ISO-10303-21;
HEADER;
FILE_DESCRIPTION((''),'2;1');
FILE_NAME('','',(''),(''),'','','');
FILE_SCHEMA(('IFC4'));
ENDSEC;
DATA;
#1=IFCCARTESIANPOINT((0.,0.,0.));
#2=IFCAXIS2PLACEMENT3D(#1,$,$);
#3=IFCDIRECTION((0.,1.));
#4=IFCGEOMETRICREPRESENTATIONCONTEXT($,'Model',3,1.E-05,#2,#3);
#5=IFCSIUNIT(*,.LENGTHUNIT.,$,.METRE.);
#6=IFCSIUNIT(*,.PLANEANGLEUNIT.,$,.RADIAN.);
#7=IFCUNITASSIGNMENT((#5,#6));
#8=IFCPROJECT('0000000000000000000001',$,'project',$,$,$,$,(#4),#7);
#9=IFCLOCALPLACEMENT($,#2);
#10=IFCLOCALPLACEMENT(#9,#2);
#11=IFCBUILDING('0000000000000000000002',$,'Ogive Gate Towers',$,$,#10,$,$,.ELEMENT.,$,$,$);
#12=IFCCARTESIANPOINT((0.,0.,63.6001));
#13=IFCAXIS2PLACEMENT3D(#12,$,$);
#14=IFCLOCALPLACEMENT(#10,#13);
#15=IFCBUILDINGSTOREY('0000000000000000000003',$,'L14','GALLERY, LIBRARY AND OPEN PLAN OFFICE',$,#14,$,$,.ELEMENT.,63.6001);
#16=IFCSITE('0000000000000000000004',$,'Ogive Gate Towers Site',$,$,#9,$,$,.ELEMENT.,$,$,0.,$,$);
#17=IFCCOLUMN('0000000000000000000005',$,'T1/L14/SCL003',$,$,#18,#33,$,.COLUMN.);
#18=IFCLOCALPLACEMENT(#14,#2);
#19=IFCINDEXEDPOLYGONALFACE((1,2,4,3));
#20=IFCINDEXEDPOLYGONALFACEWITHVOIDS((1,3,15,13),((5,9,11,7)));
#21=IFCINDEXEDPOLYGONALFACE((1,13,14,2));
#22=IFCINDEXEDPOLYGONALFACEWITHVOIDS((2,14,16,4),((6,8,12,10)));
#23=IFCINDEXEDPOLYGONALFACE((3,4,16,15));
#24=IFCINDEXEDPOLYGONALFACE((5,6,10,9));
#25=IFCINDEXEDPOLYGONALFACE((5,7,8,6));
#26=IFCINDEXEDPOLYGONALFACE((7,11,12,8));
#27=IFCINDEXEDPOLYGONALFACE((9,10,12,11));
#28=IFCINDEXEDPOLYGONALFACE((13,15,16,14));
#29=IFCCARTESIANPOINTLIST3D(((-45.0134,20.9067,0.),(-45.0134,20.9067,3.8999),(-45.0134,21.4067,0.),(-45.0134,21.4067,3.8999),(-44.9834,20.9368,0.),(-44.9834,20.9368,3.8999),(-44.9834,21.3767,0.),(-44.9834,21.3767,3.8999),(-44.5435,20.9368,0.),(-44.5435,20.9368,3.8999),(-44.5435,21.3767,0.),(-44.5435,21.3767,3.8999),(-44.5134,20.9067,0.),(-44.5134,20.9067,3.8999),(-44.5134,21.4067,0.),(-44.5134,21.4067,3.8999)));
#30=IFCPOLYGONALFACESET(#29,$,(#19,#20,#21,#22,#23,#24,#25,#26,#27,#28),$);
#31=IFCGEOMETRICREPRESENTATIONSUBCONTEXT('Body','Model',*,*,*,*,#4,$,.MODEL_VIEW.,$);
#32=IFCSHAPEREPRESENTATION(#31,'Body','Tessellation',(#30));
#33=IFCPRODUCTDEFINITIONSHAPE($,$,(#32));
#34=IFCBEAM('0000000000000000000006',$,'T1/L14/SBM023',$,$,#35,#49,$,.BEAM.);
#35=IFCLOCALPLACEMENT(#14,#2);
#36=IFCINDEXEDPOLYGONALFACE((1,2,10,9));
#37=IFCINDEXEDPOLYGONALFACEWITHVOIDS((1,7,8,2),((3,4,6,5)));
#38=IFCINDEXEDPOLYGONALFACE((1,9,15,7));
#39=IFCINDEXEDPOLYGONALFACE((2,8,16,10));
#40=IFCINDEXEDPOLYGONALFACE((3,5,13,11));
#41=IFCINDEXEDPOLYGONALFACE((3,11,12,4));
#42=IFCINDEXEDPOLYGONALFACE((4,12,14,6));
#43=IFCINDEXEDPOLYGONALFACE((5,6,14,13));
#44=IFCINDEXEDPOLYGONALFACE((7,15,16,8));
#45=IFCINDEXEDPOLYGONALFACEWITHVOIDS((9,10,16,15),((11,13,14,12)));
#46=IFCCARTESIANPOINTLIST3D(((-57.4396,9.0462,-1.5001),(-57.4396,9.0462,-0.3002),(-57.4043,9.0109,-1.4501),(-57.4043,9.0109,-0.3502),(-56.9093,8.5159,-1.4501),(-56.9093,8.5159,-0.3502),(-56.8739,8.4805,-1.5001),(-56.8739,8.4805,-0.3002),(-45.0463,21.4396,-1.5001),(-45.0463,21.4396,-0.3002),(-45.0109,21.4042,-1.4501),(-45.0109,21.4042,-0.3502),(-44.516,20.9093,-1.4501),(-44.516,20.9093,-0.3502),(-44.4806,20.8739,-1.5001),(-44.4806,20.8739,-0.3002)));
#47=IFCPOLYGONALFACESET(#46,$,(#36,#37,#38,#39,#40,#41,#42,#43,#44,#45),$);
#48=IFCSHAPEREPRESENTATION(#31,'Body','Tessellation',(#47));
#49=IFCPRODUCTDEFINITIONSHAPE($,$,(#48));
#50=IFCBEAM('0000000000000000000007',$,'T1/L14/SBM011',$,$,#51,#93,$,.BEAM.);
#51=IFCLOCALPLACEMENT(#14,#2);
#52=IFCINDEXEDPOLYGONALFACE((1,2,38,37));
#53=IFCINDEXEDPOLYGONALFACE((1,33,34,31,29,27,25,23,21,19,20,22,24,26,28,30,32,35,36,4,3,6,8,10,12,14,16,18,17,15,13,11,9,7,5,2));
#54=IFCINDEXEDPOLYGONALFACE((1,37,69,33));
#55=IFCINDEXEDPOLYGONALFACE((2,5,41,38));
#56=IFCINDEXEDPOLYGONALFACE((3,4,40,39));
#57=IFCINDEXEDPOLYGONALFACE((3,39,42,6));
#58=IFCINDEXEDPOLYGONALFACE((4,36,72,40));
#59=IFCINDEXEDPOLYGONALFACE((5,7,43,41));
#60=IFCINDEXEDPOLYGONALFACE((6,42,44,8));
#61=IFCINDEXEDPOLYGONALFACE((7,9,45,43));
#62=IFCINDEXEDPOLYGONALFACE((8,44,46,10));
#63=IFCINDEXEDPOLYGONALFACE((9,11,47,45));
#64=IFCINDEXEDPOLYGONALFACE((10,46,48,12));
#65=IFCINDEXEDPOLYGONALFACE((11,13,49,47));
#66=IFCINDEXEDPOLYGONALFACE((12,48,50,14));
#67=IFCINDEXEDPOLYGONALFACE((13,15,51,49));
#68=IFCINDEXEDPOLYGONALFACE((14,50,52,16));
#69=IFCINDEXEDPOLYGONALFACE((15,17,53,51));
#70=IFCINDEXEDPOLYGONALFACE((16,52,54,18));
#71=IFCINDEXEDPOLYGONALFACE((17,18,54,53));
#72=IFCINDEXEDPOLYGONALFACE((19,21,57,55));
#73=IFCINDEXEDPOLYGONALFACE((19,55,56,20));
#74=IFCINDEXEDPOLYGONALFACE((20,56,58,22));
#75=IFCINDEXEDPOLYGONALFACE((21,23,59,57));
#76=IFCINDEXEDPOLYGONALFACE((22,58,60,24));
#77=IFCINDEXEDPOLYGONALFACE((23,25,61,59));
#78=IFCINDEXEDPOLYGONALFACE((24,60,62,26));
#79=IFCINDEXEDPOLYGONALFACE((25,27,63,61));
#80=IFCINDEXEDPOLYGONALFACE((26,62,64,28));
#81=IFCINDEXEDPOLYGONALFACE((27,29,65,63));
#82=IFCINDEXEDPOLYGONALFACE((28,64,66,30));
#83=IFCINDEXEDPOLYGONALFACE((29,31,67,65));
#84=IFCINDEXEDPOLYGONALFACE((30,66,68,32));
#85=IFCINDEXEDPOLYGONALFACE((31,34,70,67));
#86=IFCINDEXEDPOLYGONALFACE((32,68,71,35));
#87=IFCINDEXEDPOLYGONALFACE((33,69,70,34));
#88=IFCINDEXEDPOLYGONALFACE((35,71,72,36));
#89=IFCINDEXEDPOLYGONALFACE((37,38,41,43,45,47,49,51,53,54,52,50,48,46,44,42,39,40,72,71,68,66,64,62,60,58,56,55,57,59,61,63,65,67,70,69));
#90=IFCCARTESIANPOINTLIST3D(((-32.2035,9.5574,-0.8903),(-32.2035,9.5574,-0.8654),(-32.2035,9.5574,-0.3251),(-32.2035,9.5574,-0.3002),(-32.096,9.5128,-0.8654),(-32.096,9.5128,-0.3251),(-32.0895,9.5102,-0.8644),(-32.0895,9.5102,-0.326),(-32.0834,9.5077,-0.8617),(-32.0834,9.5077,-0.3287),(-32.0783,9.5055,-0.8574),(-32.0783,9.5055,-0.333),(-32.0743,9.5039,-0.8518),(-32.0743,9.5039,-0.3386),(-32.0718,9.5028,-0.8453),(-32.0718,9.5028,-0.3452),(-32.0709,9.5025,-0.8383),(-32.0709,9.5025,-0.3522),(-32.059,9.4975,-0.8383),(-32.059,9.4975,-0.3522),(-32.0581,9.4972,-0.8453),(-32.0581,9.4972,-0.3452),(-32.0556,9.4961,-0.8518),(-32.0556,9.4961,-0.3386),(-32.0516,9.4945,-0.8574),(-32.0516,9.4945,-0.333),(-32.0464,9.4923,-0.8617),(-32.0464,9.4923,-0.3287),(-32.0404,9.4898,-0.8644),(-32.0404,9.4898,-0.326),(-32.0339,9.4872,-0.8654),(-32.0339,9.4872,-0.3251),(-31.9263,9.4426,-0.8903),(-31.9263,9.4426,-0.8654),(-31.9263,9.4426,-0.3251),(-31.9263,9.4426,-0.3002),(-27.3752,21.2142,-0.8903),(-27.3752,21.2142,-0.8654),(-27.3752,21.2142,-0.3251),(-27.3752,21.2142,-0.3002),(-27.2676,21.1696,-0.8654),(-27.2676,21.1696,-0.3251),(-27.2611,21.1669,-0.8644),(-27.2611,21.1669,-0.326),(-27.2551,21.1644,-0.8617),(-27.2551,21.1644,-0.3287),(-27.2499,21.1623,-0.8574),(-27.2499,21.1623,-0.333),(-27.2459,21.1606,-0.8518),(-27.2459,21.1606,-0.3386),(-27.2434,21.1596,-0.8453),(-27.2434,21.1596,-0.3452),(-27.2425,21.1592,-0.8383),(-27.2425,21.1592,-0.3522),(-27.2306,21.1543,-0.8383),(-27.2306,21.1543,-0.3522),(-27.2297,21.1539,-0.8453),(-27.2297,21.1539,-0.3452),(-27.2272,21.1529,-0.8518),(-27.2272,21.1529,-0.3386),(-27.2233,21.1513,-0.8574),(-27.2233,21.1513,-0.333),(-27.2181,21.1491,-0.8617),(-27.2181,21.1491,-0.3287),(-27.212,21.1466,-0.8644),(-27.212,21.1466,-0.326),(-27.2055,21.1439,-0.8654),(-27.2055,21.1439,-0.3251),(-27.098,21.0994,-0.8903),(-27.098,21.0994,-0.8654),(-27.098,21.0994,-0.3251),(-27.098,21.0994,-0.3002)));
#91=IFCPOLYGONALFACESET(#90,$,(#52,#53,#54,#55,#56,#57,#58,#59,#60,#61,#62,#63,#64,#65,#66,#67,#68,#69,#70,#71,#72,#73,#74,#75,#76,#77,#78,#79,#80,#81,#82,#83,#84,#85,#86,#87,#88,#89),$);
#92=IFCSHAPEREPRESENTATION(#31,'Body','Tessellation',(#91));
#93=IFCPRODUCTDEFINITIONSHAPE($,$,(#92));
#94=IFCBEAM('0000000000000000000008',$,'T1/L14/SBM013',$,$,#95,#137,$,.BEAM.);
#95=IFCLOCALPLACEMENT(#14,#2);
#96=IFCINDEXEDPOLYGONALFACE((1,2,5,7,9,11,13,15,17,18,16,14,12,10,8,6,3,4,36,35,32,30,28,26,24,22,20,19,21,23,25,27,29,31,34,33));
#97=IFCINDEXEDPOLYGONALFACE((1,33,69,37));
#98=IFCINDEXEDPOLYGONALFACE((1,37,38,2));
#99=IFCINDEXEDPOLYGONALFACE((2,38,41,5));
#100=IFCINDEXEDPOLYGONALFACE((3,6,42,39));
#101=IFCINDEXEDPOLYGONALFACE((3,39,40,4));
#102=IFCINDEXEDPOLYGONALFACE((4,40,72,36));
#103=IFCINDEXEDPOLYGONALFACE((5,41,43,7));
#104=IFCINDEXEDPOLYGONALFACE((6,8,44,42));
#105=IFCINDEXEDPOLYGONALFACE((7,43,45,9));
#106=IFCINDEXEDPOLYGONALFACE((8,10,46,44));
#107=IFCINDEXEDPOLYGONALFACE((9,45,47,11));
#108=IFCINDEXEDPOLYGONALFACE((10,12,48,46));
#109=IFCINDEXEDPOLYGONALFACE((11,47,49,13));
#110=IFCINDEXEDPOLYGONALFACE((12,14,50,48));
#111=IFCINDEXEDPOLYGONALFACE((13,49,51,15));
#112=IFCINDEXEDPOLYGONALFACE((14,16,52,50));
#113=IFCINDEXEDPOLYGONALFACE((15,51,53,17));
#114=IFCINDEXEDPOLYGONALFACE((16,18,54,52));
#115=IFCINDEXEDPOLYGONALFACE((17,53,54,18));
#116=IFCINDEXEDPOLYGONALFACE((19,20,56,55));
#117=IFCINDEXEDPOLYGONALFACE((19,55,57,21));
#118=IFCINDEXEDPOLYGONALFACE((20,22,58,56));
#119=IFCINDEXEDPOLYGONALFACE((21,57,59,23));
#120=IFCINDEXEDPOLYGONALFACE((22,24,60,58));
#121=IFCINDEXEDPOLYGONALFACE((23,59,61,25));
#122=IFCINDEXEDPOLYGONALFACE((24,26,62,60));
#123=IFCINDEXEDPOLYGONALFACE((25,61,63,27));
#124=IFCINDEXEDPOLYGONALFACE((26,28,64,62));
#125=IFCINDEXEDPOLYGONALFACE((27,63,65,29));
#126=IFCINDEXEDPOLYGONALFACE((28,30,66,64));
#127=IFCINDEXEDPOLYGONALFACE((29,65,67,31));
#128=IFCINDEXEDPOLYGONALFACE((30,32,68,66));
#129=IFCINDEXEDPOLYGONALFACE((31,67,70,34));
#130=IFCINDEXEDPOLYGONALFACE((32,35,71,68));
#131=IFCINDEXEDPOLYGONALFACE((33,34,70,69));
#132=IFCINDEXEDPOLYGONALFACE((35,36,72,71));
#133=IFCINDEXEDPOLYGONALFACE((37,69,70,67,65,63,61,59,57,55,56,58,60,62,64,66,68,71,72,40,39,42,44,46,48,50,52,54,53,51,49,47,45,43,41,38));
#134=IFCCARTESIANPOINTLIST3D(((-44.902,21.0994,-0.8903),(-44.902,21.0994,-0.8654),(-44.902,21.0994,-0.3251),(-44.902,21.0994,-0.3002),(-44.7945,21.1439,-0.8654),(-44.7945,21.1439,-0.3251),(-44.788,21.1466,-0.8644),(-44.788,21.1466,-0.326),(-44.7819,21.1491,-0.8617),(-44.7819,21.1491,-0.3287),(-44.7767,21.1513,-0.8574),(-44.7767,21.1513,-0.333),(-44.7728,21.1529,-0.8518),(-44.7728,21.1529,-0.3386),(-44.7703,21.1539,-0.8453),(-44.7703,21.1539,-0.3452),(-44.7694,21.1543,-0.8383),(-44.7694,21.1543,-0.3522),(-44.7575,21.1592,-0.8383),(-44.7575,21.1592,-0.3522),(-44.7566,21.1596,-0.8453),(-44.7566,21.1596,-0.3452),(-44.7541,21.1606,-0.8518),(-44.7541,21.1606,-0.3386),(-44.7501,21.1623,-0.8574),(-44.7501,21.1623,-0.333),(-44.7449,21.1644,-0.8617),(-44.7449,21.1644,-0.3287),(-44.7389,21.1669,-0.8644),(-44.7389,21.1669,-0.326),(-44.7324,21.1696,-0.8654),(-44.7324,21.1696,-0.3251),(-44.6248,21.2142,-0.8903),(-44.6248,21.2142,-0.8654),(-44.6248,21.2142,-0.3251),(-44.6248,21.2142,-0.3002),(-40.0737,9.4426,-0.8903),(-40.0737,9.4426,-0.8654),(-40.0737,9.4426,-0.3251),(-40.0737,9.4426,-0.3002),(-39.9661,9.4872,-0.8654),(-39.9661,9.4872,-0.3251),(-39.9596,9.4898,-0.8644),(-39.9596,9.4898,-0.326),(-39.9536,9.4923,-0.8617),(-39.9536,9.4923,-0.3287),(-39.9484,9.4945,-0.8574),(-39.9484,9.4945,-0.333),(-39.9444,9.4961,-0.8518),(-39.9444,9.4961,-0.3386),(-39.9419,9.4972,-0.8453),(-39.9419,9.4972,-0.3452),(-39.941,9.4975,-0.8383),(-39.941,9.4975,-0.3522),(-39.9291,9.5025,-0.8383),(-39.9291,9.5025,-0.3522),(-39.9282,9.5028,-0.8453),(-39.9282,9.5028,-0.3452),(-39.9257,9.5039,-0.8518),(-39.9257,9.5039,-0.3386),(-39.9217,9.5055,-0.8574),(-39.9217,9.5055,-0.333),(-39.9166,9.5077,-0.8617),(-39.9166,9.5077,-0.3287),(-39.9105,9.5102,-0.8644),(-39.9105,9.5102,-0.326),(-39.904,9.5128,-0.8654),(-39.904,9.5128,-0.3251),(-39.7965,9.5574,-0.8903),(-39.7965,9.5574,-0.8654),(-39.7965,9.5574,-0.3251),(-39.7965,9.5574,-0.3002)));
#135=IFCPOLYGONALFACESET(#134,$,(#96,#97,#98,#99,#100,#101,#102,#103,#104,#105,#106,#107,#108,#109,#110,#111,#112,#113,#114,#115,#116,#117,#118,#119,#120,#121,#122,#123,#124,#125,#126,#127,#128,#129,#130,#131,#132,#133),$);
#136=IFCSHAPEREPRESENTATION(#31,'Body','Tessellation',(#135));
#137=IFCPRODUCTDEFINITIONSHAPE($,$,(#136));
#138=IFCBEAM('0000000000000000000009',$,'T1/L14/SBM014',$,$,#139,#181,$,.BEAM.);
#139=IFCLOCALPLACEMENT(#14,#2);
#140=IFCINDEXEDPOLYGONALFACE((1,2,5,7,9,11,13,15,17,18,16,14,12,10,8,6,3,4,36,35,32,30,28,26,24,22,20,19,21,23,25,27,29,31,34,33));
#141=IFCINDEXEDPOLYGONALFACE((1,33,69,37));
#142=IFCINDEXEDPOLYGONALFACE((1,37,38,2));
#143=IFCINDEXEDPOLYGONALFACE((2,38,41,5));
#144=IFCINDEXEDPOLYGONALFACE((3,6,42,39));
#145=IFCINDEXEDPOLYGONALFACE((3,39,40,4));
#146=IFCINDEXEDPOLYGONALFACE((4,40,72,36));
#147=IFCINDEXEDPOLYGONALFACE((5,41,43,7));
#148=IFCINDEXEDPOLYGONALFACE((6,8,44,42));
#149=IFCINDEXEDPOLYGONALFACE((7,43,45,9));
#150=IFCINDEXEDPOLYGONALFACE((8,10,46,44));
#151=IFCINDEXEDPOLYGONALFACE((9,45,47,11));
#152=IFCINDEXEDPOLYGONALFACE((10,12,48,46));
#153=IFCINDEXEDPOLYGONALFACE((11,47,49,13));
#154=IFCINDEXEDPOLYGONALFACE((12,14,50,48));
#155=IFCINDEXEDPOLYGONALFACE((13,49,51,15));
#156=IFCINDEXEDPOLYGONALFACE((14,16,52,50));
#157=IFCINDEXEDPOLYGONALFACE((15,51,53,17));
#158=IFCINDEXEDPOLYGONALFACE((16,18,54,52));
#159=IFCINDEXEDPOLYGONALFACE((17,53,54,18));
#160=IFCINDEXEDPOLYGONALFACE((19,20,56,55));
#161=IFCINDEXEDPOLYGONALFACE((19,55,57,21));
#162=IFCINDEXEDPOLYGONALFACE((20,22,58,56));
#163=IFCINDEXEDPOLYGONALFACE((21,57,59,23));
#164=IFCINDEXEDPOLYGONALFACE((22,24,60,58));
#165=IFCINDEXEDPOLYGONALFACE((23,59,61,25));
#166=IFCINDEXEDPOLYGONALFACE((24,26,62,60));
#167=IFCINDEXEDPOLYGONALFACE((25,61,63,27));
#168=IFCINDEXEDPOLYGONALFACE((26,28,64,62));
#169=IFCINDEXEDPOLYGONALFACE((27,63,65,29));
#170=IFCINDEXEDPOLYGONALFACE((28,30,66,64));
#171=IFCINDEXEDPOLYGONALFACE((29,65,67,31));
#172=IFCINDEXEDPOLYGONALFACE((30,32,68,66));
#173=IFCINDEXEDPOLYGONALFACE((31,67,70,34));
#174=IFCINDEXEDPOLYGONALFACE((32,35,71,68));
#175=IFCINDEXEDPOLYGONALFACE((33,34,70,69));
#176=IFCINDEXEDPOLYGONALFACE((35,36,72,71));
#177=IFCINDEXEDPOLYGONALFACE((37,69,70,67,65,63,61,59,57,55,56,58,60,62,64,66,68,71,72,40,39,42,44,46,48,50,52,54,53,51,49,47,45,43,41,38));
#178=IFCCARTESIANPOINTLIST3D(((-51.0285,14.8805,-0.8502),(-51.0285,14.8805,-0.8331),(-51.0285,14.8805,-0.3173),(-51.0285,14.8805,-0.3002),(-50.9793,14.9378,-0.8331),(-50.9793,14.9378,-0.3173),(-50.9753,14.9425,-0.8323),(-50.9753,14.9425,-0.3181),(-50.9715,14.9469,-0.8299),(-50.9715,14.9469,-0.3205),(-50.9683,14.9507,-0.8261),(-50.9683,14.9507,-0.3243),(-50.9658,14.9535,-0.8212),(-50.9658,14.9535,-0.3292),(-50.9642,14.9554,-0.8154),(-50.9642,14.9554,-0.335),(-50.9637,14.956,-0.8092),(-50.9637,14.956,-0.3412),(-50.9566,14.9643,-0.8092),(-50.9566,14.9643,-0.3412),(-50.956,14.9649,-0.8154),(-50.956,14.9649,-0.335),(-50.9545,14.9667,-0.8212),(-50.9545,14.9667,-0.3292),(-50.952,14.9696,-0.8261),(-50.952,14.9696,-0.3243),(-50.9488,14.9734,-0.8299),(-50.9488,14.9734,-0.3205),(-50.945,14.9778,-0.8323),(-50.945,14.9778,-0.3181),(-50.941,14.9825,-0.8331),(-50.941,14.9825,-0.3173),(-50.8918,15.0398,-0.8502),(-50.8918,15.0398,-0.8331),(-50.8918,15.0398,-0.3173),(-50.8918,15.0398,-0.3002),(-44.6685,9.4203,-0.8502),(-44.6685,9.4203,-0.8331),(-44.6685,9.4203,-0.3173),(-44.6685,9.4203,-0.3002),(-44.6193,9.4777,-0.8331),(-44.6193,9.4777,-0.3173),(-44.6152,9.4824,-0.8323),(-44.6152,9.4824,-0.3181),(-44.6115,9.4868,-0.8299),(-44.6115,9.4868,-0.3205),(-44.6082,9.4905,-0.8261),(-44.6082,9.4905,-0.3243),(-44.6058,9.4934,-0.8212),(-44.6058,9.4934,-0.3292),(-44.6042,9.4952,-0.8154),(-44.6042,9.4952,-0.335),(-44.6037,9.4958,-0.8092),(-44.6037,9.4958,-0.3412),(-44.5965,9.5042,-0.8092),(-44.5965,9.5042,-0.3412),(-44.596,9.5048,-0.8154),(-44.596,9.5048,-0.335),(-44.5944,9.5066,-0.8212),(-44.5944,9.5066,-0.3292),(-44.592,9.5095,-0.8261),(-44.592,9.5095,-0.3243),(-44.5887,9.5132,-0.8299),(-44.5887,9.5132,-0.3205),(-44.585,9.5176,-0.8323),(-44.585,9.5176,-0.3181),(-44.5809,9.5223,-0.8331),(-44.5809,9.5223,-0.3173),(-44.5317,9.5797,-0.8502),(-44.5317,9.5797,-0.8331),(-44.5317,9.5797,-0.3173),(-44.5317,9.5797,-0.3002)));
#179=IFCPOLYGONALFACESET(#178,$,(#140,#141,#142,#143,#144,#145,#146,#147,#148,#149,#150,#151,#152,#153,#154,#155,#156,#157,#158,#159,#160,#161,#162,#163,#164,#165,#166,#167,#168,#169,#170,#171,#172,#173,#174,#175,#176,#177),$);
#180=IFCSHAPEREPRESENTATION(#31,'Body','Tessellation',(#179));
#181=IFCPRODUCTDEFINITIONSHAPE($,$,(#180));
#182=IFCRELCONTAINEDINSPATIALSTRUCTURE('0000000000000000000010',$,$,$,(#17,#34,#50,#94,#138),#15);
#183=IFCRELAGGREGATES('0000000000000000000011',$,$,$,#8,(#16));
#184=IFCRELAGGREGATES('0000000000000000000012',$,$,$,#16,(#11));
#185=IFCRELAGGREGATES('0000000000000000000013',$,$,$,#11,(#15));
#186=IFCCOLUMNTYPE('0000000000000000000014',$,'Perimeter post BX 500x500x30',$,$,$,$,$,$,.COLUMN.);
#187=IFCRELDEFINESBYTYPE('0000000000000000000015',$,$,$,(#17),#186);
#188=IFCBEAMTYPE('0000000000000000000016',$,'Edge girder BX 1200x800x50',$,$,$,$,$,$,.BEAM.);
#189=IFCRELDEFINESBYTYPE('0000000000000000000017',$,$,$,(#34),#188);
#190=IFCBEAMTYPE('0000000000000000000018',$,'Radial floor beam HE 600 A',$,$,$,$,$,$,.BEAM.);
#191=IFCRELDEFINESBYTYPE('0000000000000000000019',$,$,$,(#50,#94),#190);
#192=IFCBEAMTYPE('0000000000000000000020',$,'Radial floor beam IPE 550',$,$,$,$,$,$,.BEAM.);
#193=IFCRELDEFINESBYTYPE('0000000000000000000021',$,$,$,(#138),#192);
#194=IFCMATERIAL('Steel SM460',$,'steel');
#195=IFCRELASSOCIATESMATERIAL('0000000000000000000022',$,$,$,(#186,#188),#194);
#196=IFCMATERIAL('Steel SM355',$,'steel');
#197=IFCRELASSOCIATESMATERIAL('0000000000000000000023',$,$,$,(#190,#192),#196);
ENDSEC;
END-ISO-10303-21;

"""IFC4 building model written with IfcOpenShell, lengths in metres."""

from ifc_helpers import new_model, si_unit, direction, frame, origin, origin_2d, place, context, subcontext, project, spatial, hollow_rectangle, i_section, extrude, material, material_profile, profile_set, type_object, element, save


model = new_model("IFC4")

# Units and contexts
model_context = context("Model", 3, precision=1e-05, world=origin(), true_north=direction((0.0, 1.0)))
body_context = subcontext(model_context, "Body", "Model", "MODEL_VIEW")
ifc_project = project(units=[si_unit("LENGTHUNIT", "METRE"), si_unit("PLANEANGLEUNIT", "RADIAN")], contexts=[model_context])

# Site, building, storey
site_placement = place(None, origin())
site = spatial("IfcSite", under=ifc_project, at=site_placement, Name="Ogive Gate Towers Site", CompositionType="ELEMENT", RefElevation=0.0)
building_placement = place(site_placement, origin())
building = spatial("IfcBuilding", under=site, at=building_placement, Name="Ogive Gate Towers", CompositionType="ELEMENT")
storey_placement = place(building_placement, frame((0.0, 0.0, 63.6001)))
storey = spatial("IfcBuildingStorey", under=building, at=storey_placement, Name="L14", Description="GALLERY, LIBRARY AND OPEN PLAN OFFICE", CompositionType="ELEMENT", Elevation=63.6001)

# Column
ifc_material_1 = material(Name="Steel SM460", Category="steel")
ifc_material_profile_1 = material_profile(ifc_material_1, hollow_rectangle(XDim=0.5, YDim=0.5, WallThickness=0.03, at=origin_2d()), Name="BX 500x500x30")
ifc_profile_set_1 = profile_set([ifc_material_profile_1], Name="Steel SM460")
column_type = type_object("IfcColumnType", Name="Perimeter post BX 500x500x30", PredefinedType="COLUMN", material=ifc_profile_set_1)
column_placement = place(storey_placement, frame((-44.7634, 21.1567, 0.0), z_axis=(0.0, 0.0, 1.0), x_axis=(1.0, 0.0, 0.0)))
element("IfcColumn", 1, at=column_placement, inside=storey, type_object=column_type, Name="T1/L14/SCL003", PredefinedType="COLUMN", context=body_context, shape_type="SweptSolid", body=[
    extrude(hollow_rectangle(XDim=0.5, YDim=0.5, WallThickness=0.03, at=origin_2d()), origin(), (0.0, 0.0, 1.0), 3.8999),
])

# Beams
ifc_material_profile_2 = material_profile(ifc_material_1, hollow_rectangle(XDim=0.8, YDim=1.2, WallThickness=0.05, at=origin_2d()), Name="BX 1200x800x50")
ifc_profile_set_2 = profile_set([ifc_material_profile_2], Name="Steel SM460")
beam_type_1 = type_object("IfcBeamType", Name="Edge girder BX 1200x800x50", PredefinedType="BEAM", material=ifc_profile_set_2)
beam_1_placement = place(storey_placement, frame((-44.7634, 21.1567, -0.9001), z_axis=(-0.707107, -0.707107, 0.0), x_axis=(0.707107, -0.707107, 0.0)))
element("IfcBeam", 2, at=beam_1_placement, inside=storey, type_object=beam_type_1, Name="T1/L14/SBM023", PredefinedType="BEAM", context=body_context, shape_type="SweptSolid", body=[
    extrude(hollow_rectangle(XDim=0.8, YDim=1.2, WallThickness=0.05, at=origin_2d()), origin(), (0.0, 0.0, 1.0), 17.5269),
])
ifc_material_2 = material(Name="Steel SM355", Category="steel")
ifc_material_profile_3 = material_profile(ifc_material_2, i_section(OverallWidth=0.3, OverallDepth=0.5901, WebThickness=0.0129, FlangeThickness=0.0249, FilletRadius=0.0271, at=origin_2d()), Name="HE 600 A")
ifc_profile_set_3 = profile_set([ifc_material_profile_3], Name="Steel SM355")
beam_type_2 = type_object("IfcBeamType", Name="Radial floor beam HE 600 A", PredefinedType="BEAM", material=ifc_profile_set_3)
for number, where, z_axis, x_axis, name in (
    (3, (-32.0649, 9.5, -0.5952), (0.382683, 0.92388, 0.0), (-0.92388, 0.382683, 0.0), "T1/L14/SBM011"),
    (4, (-39.9351, 9.5, -0.5952), (-0.382683, 0.92388, 0.0), (-0.92388, -0.382683, 0.0), "T1/L14/SBM013"),
):
    element("IfcBeam", number, at=place(storey_placement, frame(where, z_axis=z_axis, x_axis=x_axis)), inside=storey, type_object=beam_type_2, Name=name, PredefinedType="BEAM", context=body_context, shape_type="SweptSolid", body=[
        extrude(i_section(OverallWidth=0.3, OverallDepth=0.5901, WebThickness=0.0129, FlangeThickness=0.0249, FilletRadius=0.0271, at=origin_2d()), origin(), (0.0, 0.0, 1.0), 12.6172),
    ])
ifc_material_profile_4 = material_profile(ifc_material_2, i_section(OverallWidth=0.21, OverallDepth=0.55, WebThickness=0.011, FlangeThickness=0.0171, FilletRadius=0.0239, at=origin_2d()), Name="IPE 550")
ifc_profile_set_4 = profile_set([ifc_material_profile_4], Name="Steel SM355")
beam_type_3 = type_object("IfcBeamType", Name="Radial floor beam IPE 550", PredefinedType="BEAM", material=ifc_profile_set_4)
beam_2_placement = place(storey_placement, frame((-44.6001, 9.5, -0.5752), z_axis=(-0.758744, 0.651388, 0.0), x_axis=(-0.651388, -0.758744, 0.0)))
element("IfcBeam", 5, at=beam_2_placement, inside=storey, type_object=beam_type_3, Name="T1/L14/SBM014", PredefinedType="BEAM", context=body_context, shape_type="SweptSolid", body=[
    extrude(i_section(OverallWidth=0.21, OverallDepth=0.55, WebThickness=0.011, FlangeThickness=0.0171, FilletRadius=0.0239, at=origin_2d()), origin(), (0.0, 0.0, 1.0), 8.3823),
])

save(model, "model.ifc")
